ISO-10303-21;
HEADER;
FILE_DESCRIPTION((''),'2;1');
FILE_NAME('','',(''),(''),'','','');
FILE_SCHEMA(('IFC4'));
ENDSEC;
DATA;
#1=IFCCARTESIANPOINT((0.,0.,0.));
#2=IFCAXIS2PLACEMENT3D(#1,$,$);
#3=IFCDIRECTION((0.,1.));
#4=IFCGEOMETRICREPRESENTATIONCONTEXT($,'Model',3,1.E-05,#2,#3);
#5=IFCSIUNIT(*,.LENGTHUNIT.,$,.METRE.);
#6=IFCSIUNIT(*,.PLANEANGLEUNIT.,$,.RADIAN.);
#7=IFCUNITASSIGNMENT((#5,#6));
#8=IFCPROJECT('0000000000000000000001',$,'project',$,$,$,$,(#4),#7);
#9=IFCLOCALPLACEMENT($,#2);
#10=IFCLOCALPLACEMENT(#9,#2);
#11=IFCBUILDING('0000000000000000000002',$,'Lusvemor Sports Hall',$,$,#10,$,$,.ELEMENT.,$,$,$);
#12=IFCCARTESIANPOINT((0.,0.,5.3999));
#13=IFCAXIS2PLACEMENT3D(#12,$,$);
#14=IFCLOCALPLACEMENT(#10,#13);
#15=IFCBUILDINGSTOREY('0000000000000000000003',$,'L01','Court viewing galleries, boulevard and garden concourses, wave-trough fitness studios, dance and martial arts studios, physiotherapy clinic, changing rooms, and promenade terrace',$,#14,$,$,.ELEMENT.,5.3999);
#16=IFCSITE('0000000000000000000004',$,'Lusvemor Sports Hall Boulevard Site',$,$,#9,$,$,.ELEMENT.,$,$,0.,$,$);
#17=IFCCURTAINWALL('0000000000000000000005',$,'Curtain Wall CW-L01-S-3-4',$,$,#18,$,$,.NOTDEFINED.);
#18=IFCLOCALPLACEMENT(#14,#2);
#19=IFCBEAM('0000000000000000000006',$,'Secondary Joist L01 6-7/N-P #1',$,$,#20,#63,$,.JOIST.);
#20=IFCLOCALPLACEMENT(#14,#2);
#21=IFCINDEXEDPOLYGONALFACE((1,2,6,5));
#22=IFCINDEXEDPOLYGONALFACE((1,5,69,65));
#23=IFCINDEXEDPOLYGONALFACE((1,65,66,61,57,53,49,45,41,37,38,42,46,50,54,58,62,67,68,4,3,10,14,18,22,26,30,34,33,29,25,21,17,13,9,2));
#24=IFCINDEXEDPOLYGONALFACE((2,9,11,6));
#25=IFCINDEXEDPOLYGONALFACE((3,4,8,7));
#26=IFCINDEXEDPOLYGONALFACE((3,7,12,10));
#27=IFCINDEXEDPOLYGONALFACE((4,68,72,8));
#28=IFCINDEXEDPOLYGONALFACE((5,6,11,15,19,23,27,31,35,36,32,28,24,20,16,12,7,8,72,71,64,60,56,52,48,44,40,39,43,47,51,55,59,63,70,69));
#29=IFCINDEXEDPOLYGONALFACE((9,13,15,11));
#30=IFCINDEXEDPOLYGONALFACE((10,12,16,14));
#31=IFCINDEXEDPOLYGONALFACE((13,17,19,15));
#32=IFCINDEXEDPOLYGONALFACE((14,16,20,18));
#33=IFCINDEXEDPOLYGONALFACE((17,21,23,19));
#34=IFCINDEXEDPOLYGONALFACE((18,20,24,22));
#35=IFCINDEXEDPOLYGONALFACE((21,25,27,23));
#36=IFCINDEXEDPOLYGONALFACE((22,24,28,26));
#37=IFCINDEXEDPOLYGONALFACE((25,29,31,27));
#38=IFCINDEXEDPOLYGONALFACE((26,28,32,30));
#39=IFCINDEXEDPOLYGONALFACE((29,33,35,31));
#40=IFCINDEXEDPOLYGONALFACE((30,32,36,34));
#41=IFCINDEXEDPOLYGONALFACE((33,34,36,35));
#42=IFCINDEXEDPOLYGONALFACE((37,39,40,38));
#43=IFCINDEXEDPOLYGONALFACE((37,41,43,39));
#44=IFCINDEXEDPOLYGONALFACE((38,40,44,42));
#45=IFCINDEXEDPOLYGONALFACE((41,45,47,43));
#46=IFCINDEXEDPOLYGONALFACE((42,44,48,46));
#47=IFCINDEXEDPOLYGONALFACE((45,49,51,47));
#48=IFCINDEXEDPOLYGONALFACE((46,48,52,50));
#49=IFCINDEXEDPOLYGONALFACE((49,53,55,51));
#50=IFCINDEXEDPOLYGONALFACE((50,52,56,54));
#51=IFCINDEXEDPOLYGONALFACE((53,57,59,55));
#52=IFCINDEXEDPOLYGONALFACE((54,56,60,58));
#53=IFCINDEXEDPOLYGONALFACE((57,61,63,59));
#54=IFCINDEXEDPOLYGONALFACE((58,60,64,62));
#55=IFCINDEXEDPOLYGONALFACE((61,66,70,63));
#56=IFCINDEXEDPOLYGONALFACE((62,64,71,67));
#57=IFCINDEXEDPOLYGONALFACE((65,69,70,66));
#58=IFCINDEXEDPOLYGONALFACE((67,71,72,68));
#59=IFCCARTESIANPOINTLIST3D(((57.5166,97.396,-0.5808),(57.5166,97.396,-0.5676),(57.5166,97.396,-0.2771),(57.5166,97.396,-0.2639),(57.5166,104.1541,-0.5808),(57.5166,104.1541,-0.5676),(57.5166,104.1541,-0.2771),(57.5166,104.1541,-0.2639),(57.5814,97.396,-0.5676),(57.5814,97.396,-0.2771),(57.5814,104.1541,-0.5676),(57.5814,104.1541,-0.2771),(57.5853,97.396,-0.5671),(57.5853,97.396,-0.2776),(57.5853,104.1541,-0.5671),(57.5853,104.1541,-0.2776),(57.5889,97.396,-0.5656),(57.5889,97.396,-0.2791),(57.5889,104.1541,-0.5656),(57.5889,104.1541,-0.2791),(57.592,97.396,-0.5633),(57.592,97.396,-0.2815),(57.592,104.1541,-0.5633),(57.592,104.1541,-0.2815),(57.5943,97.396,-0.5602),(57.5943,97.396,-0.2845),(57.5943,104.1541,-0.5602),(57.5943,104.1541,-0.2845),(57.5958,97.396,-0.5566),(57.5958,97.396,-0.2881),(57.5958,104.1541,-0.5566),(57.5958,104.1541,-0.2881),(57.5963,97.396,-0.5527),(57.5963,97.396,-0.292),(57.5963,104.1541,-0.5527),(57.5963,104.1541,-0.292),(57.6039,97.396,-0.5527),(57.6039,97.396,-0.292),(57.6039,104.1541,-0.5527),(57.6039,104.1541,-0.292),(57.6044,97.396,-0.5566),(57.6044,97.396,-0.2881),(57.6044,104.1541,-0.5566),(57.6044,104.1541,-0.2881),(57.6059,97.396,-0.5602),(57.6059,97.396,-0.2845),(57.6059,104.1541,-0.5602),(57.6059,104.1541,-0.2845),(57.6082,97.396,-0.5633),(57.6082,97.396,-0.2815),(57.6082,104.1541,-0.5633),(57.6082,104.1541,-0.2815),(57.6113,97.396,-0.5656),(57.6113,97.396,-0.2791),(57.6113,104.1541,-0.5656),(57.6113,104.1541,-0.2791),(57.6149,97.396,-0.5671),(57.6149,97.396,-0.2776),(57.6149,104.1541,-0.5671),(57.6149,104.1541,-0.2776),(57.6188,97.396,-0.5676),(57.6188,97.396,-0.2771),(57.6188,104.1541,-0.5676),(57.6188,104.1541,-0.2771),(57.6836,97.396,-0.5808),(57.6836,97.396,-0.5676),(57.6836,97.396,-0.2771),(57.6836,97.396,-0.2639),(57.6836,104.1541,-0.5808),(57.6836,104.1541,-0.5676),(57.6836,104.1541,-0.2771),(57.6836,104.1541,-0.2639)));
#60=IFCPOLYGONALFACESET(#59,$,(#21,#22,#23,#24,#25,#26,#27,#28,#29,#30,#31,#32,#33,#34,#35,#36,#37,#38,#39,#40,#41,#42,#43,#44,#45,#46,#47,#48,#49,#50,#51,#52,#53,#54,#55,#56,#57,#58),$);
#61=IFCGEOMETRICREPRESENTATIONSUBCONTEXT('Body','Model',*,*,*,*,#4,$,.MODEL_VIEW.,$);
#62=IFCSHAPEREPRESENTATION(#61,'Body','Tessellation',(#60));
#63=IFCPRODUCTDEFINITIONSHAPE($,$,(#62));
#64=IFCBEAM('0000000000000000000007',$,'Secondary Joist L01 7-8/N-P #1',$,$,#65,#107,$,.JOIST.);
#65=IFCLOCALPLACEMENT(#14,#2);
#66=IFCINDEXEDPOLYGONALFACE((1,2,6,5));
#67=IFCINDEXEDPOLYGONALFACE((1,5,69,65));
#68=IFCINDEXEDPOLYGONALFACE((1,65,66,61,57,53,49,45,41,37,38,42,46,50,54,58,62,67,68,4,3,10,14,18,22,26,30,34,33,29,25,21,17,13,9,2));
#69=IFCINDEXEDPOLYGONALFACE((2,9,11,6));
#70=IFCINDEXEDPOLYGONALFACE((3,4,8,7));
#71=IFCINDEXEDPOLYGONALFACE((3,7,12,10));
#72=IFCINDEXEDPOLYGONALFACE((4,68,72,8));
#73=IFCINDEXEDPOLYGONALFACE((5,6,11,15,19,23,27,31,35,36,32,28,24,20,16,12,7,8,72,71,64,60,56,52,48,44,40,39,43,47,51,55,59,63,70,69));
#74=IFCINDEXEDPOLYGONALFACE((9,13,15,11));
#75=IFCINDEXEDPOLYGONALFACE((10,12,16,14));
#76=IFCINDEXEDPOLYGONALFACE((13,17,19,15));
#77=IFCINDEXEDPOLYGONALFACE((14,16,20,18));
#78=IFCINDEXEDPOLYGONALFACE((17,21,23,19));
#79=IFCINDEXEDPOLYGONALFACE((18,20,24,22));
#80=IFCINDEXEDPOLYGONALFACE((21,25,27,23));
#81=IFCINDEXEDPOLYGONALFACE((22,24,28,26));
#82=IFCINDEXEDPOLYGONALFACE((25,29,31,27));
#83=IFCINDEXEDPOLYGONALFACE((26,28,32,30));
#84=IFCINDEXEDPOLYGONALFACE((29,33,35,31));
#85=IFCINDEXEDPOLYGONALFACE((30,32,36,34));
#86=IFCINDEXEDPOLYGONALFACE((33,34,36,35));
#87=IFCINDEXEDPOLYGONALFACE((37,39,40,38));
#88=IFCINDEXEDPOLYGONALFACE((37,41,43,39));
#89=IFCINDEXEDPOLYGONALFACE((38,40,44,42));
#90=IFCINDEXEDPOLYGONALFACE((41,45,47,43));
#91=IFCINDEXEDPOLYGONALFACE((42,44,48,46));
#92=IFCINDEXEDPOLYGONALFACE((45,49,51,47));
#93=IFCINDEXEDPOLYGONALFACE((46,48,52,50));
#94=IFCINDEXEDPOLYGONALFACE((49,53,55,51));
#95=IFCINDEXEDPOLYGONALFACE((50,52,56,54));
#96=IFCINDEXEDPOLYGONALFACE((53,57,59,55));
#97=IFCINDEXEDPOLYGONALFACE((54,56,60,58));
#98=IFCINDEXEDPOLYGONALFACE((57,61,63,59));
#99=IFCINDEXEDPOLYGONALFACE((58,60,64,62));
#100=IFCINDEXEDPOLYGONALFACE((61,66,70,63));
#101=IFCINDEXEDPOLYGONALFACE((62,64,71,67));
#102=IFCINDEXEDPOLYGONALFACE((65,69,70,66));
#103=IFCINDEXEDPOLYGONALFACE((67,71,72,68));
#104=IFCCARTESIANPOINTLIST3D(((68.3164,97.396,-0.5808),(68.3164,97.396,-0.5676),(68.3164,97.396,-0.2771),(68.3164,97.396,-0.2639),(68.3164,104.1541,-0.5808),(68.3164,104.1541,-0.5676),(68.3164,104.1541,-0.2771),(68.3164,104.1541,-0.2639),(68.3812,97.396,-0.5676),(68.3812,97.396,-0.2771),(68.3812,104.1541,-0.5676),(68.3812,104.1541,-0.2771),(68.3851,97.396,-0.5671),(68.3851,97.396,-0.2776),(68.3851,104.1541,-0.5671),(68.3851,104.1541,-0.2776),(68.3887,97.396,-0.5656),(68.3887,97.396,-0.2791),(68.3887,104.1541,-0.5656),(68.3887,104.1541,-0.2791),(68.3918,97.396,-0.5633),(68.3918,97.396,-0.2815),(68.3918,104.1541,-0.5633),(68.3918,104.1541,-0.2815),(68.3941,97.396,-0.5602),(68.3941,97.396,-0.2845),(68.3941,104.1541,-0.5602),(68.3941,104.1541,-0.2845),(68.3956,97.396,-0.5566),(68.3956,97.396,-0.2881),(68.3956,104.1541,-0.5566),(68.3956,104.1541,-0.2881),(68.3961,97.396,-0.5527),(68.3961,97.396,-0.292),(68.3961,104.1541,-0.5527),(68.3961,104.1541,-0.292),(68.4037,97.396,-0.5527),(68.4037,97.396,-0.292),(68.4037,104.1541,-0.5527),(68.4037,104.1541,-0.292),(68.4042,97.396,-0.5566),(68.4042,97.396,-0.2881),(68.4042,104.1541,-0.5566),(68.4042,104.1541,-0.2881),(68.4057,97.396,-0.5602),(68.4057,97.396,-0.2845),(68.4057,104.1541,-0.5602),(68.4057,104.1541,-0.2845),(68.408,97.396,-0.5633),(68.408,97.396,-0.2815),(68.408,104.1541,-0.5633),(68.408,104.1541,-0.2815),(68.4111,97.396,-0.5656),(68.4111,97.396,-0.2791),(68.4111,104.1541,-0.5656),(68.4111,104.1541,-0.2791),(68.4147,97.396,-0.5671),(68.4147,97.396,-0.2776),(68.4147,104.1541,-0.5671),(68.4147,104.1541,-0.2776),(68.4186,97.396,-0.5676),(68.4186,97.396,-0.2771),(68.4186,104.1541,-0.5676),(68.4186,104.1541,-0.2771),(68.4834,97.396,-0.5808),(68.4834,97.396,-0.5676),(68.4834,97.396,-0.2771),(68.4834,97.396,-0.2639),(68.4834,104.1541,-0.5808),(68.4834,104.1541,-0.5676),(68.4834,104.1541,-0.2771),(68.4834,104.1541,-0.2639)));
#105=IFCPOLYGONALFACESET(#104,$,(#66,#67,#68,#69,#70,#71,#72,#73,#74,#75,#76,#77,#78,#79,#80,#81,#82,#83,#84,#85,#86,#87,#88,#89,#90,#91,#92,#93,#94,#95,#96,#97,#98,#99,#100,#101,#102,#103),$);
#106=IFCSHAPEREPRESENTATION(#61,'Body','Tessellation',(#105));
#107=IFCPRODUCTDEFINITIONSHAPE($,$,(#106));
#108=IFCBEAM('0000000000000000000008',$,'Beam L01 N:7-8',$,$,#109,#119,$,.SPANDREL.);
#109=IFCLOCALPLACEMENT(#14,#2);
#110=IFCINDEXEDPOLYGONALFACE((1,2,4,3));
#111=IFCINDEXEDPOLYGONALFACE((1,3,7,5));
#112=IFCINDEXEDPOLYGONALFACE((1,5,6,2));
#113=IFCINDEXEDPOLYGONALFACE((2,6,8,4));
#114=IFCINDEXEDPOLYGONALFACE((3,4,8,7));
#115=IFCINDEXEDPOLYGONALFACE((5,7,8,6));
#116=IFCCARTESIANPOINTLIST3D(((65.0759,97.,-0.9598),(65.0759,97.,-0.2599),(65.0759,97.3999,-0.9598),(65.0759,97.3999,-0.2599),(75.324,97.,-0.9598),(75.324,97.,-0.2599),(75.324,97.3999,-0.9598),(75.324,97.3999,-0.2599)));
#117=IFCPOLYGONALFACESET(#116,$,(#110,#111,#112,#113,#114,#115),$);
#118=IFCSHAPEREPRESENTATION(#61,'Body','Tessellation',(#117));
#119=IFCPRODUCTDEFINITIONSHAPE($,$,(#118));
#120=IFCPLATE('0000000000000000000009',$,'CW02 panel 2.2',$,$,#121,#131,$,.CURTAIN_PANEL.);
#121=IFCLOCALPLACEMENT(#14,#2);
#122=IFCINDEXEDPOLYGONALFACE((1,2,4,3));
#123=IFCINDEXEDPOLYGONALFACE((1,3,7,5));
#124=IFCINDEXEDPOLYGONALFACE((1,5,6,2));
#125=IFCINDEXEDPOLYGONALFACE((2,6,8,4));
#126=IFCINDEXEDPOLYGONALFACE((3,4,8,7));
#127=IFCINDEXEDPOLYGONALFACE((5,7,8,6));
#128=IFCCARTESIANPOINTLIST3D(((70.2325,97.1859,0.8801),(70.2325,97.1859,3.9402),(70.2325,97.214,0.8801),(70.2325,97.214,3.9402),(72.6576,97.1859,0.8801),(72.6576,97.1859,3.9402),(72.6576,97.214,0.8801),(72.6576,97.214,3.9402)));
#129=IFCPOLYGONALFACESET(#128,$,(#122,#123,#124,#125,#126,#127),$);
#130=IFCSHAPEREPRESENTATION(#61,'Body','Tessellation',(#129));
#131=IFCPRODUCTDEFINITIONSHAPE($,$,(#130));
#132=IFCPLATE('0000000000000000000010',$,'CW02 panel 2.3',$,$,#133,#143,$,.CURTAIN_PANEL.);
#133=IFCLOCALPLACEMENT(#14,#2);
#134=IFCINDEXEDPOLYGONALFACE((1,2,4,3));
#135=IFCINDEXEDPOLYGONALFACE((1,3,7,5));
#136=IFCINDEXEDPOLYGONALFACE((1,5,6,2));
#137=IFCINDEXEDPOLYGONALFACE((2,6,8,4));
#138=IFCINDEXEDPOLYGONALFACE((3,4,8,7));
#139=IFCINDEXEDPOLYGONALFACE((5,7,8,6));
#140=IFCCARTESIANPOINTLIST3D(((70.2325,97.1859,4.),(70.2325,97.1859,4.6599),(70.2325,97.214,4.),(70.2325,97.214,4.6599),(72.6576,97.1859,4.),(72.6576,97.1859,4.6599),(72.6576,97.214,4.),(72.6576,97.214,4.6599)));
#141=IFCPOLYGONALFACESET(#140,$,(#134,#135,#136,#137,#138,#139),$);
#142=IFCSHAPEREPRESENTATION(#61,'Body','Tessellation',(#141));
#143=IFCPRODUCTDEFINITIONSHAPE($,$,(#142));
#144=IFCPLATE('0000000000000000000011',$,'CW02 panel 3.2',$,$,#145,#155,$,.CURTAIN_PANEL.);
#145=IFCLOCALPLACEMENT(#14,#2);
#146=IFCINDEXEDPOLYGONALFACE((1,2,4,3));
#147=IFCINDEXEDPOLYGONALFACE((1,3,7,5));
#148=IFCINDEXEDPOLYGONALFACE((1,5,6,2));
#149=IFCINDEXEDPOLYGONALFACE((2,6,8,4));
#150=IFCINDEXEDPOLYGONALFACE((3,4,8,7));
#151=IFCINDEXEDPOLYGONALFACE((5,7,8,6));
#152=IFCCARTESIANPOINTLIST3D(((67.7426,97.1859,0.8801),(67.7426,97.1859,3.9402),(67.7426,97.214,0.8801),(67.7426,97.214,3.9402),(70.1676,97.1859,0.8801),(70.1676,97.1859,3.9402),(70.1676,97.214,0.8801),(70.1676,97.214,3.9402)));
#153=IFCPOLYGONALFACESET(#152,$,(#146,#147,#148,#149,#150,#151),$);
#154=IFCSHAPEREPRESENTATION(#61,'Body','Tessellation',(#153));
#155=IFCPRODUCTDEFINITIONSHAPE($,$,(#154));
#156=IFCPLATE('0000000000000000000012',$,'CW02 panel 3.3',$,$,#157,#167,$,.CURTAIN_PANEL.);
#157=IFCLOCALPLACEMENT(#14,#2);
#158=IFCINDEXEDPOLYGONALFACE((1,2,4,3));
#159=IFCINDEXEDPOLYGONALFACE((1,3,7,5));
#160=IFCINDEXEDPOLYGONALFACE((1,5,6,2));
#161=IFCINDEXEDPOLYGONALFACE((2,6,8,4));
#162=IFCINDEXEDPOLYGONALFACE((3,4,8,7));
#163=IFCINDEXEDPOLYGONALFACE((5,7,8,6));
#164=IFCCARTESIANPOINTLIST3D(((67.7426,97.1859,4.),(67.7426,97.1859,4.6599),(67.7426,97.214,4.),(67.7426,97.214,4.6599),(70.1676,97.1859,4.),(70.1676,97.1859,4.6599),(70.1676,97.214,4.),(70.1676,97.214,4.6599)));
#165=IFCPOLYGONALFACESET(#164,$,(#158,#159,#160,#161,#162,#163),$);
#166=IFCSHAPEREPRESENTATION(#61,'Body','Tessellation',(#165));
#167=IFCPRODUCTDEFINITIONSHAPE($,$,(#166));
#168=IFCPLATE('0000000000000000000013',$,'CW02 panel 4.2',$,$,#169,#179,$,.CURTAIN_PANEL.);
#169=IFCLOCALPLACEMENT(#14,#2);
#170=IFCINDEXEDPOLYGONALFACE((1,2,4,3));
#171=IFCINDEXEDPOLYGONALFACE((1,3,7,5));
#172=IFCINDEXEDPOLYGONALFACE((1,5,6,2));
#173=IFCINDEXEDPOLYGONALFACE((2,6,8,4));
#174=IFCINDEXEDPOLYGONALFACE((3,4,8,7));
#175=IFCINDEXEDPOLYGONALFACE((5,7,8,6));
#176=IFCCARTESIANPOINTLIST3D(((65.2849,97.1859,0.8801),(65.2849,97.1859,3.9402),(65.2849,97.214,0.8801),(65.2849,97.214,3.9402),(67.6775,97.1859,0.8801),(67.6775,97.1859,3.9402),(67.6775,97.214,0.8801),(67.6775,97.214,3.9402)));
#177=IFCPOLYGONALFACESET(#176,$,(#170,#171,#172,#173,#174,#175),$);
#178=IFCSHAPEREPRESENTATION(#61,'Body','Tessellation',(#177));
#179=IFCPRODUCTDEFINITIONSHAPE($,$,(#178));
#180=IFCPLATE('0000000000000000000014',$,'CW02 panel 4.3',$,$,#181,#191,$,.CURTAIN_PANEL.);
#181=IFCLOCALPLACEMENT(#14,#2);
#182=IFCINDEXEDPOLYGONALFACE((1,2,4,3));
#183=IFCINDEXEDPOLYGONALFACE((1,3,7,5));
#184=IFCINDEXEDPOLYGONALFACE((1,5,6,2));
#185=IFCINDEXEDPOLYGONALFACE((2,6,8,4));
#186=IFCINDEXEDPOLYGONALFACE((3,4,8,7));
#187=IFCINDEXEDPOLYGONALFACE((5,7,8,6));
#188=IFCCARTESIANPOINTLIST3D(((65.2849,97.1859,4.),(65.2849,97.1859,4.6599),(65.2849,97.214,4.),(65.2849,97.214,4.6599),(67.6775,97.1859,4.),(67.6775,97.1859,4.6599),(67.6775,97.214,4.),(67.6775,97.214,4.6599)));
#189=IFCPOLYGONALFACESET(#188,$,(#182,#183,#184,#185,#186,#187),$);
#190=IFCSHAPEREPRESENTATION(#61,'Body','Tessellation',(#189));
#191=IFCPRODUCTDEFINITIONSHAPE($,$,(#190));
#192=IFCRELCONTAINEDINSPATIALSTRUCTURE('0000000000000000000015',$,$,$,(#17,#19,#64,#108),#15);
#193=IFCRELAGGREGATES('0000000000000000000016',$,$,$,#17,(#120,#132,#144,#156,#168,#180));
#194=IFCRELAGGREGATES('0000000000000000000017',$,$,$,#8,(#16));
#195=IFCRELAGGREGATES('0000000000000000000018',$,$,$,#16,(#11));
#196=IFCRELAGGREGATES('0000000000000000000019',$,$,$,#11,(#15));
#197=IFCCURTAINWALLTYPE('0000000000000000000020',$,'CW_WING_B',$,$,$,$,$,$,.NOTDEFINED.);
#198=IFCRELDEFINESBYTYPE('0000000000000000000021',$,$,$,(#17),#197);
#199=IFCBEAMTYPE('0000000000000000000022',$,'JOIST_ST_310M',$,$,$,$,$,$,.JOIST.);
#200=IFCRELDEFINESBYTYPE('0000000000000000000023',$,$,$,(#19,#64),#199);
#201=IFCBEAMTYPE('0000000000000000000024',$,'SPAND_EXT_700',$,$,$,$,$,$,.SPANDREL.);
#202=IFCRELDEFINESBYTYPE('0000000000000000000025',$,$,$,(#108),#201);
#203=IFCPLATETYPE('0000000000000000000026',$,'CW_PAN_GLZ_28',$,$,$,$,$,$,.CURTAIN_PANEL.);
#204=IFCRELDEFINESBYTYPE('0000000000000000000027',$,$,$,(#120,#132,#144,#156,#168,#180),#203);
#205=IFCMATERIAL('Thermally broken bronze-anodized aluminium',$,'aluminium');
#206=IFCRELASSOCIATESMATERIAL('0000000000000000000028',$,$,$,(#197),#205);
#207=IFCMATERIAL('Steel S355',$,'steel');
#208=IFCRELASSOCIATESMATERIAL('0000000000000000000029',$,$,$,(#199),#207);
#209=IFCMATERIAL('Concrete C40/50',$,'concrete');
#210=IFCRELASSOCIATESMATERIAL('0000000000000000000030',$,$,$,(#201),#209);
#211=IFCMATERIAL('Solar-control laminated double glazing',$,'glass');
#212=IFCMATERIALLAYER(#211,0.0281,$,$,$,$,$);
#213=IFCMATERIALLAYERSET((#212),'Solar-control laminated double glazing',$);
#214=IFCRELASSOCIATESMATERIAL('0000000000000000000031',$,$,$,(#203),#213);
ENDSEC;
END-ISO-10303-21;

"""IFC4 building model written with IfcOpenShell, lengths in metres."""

from ifc_helpers import new_model, si_unit, direction, frame, origin, origin_2d, place, context, subcontext, project, spatial, rectangle, i_section, extrude, material, layer, layer_set, material_profile, profile_set, type_object, element, aggregate, save


model = new_model("IFC4")

# Units and contexts
model_context = context("Model", 3, precision=1e-05, world=origin(), true_north=direction((0.0, 1.0)))
body_context = subcontext(model_context, "Body", "Model", "MODEL_VIEW")
ifc_project = project(units=[si_unit("LENGTHUNIT", "METRE"), si_unit("PLANEANGLEUNIT", "RADIAN")], contexts=[model_context])

# Site, building, storey
site_placement = place(None, origin())
site = spatial("IfcSite", under=ifc_project, at=site_placement, Name="Lusvemor Sports Hall Boulevard Site", CompositionType="ELEMENT", RefElevation=0.0)
building_placement = place(site_placement, origin())
building = spatial("IfcBuilding", under=site, at=building_placement, Name="Lusvemor Sports Hall", CompositionType="ELEMENT")
storey_placement = place(building_placement, frame((0.0, 0.0, 5.3999)))
storey = spatial("IfcBuildingStorey", under=building, at=storey_placement, Name="L01", Description="Court viewing galleries, boulevard and garden concourses, wave-trough fitness studios, dance and martial arts studios, physiotherapy clinic, changing rooms, and promenade terrace", CompositionType="ELEMENT", Elevation=5.3999)

# Shared definitions
ifc_material_1 = material(Name="Thermally broken bronze-anodized aluminium", Category="aluminium")
curtain_wall_type = type_object("IfcCurtainWallType", Name="CW_WING_B", PredefinedType="NOTDEFINED", material=ifc_material_1)

# Curtain wall
curtain_wall_1_placement = place(storey_placement, origin())
curtain_wall_1 = element("IfcCurtainWall", 1, at=curtain_wall_1_placement, inside=storey, type_object=curtain_wall_type, Name="Curtain Wall CW-L01-S-3-4", PredefinedType="NOTDEFINED")

# Beams
ifc_material_2 = material(Name="Steel S355", Category="steel")
ifc_material_profile_1 = material_profile(ifc_material_2, i_section(OverallWidth=0.167, OverallDepth=0.3169, WebThickness=0.0076, FlangeThickness=0.0132, FilletRadius=0.0149, at=origin_2d()), Name="W310x52.0")
ifc_profile_set_1 = profile_set([ifc_material_profile_1], Name="Steel S355")
beam_type_1 = type_object("IfcBeamType", Name="JOIST_ST_310M", PredefinedType="JOIST", material=ifc_profile_set_1)
for number, where, z_axis, x_axis, name in (
    (2, (57.6001, 97.396, -0.4224), (0.0, 1.0, 0.0), (-1.0, 0.0, 0.0), "Secondary Joist L01 6-7/N-P #1"),
    (3, (68.3999, 97.396, -0.4224), (0.0, 1.0, 0.0), (-1.0, 0.0, 0.0), "Secondary Joist L01 7-8/N-P #1"),
):
    element("IfcBeam", number, at=place(storey_placement, frame(where, z_axis=z_axis, x_axis=x_axis)), inside=storey, type_object=beam_type_1, Name=name, PredefinedType="JOIST", context=body_context, shape_type="SweptSolid", body=[
        extrude(i_section(OverallWidth=0.167, OverallDepth=0.3169, WebThickness=0.0076, FlangeThickness=0.0132, FilletRadius=0.0149, at=origin_2d()), origin(), (0.0, 0.0, 1.0), 6.7581),
    ])
ifc_material_3 = material(Name="Concrete C40/50", Category="concrete")
ifc_material_profile_2 = material_profile(ifc_material_3, rectangle(XDim=0.3999, YDim=0.7, at=origin_2d()), Name="RC400x700")
ifc_profile_set_2 = profile_set([ifc_material_profile_2], Name="Concrete C40/50")
beam_type_2 = type_object("IfcBeamType", Name="SPAND_EXT_700", PredefinedType="SPANDREL", material=ifc_profile_set_2)
beam_1_placement = place(storey_placement, frame((65.0759, 97.2, -0.6099), z_axis=(1.0, 0.0, 0.0), x_axis=(0.0, 1.0, 0.0)))
element("IfcBeam", 4, at=beam_1_placement, inside=storey, type_object=beam_type_2, Name="Beam L01 N:7-8", PredefinedType="SPANDREL", context=body_context, shape_type="SweptSolid", body=[
    extrude(rectangle(XDim=0.3999, YDim=0.7, at=origin_2d()), origin(), (0.0, 0.0, 1.0), 10.248),
])

# Plates
ifc_material_4 = material(Name="Solar-control laminated double glazing", Category="glass")
ifc_layer_1 = layer(ifc_material_4, 0.0281)
ifc_layer_set_1 = layer_set([ifc_layer_1], Name="Solar-control laminated double glazing")
plate_type_1 = type_object("IfcPlateType", Name="CW_PAN_GLZ_28", PredefinedType="CURTAIN_PANEL", material=ifc_layer_set_1)
plate_1_placement = place(storey_placement, frame((71.4451, 97.2, 0.8801), z_axis=(0.0, 0.0, 1.0), x_axis=(-1.0, 0.0, 0.0)))
plate_1 = element("IfcPlate", 5, at=plate_1_placement, type_object=plate_type_1, Name="CW02 panel 2.2", PredefinedType="CURTAIN_PANEL", context=body_context, shape_type="SweptSolid", body=[
    extrude(rectangle(XDim=2.425, YDim=0.0281, at=origin_2d()), origin(), (0.0, 0.0, 1.0), 3.0601),
])
plate_2_placement = place(storey_placement, frame((71.4451, 97.2, 4.0), z_axis=(0.0, 0.0, 1.0), x_axis=(-1.0, 0.0, 0.0)))
plate_2 = element("IfcPlate", 6, at=plate_2_placement, type_object=plate_type_1, Name="CW02 panel 2.3", PredefinedType="CURTAIN_PANEL", context=body_context, shape_type="SweptSolid", body=[
    extrude(rectangle(XDim=2.425, YDim=0.0281, at=origin_2d()), origin(), (0.0, 0.0, 1.0), 0.6599),
])
plate_3_placement = place(storey_placement, frame((68.9551, 97.2, 0.8801), z_axis=(0.0, 0.0, 1.0), x_axis=(-1.0, 0.0, 0.0)))
plate_3 = element("IfcPlate", 7, at=plate_3_placement, type_object=plate_type_1, Name="CW02 panel 3.2", PredefinedType="CURTAIN_PANEL", context=body_context, shape_type="SweptSolid", body=[
    extrude(rectangle(XDim=2.425, YDim=0.0281, at=origin_2d()), origin(), (0.0, 0.0, 1.0), 3.0601),
])
plate_4_placement = place(storey_placement, frame((68.9551, 97.2, 4.0), z_axis=(0.0, 0.0, 1.0), x_axis=(-1.0, 0.0, 0.0)))
plate_4 = element("IfcPlate", 8, at=plate_4_placement, type_object=plate_type_1, Name="CW02 panel 3.3", PredefinedType="CURTAIN_PANEL", context=body_context, shape_type="SweptSolid", body=[
    extrude(rectangle(XDim=2.425, YDim=0.0281, at=origin_2d()), origin(), (0.0, 0.0, 1.0), 0.6599),
])
plate_5_placement = place(storey_placement, frame((66.4812, 97.2, 0.8801), z_axis=(0.0, 0.0, 1.0), x_axis=(-1.0, 0.0, 0.0)))
plate_5 = element("IfcPlate", 9, at=plate_5_placement, type_object=plate_type_1, Name="CW02 panel 4.2", PredefinedType="CURTAIN_PANEL", context=body_context, shape_type="SweptSolid", body=[
    extrude(rectangle(XDim=2.3926, YDim=0.0281, at=origin_2d()), origin(), (0.0, 0.0, 1.0), 3.0601),
])
plate_6_placement = place(storey_placement, frame((66.4812, 97.2, 4.0), z_axis=(0.0, 0.0, 1.0), x_axis=(-1.0, 0.0, 0.0)))
plate_6 = element("IfcPlate", 10, at=plate_6_placement, type_object=plate_type_1, Name="CW02 panel 4.3", PredefinedType="CURTAIN_PANEL", context=body_context, shape_type="SweptSolid", body=[
    extrude(rectangle(XDim=2.3926, YDim=0.0281, at=origin_2d()), origin(), (0.0, 0.0, 1.0), 0.6599),
])
aggregate(curtain_wall_1, [plate_1, plate_2, plate_3, plate_4, plate_5, plate_6])

save(model, "model.ifc")
